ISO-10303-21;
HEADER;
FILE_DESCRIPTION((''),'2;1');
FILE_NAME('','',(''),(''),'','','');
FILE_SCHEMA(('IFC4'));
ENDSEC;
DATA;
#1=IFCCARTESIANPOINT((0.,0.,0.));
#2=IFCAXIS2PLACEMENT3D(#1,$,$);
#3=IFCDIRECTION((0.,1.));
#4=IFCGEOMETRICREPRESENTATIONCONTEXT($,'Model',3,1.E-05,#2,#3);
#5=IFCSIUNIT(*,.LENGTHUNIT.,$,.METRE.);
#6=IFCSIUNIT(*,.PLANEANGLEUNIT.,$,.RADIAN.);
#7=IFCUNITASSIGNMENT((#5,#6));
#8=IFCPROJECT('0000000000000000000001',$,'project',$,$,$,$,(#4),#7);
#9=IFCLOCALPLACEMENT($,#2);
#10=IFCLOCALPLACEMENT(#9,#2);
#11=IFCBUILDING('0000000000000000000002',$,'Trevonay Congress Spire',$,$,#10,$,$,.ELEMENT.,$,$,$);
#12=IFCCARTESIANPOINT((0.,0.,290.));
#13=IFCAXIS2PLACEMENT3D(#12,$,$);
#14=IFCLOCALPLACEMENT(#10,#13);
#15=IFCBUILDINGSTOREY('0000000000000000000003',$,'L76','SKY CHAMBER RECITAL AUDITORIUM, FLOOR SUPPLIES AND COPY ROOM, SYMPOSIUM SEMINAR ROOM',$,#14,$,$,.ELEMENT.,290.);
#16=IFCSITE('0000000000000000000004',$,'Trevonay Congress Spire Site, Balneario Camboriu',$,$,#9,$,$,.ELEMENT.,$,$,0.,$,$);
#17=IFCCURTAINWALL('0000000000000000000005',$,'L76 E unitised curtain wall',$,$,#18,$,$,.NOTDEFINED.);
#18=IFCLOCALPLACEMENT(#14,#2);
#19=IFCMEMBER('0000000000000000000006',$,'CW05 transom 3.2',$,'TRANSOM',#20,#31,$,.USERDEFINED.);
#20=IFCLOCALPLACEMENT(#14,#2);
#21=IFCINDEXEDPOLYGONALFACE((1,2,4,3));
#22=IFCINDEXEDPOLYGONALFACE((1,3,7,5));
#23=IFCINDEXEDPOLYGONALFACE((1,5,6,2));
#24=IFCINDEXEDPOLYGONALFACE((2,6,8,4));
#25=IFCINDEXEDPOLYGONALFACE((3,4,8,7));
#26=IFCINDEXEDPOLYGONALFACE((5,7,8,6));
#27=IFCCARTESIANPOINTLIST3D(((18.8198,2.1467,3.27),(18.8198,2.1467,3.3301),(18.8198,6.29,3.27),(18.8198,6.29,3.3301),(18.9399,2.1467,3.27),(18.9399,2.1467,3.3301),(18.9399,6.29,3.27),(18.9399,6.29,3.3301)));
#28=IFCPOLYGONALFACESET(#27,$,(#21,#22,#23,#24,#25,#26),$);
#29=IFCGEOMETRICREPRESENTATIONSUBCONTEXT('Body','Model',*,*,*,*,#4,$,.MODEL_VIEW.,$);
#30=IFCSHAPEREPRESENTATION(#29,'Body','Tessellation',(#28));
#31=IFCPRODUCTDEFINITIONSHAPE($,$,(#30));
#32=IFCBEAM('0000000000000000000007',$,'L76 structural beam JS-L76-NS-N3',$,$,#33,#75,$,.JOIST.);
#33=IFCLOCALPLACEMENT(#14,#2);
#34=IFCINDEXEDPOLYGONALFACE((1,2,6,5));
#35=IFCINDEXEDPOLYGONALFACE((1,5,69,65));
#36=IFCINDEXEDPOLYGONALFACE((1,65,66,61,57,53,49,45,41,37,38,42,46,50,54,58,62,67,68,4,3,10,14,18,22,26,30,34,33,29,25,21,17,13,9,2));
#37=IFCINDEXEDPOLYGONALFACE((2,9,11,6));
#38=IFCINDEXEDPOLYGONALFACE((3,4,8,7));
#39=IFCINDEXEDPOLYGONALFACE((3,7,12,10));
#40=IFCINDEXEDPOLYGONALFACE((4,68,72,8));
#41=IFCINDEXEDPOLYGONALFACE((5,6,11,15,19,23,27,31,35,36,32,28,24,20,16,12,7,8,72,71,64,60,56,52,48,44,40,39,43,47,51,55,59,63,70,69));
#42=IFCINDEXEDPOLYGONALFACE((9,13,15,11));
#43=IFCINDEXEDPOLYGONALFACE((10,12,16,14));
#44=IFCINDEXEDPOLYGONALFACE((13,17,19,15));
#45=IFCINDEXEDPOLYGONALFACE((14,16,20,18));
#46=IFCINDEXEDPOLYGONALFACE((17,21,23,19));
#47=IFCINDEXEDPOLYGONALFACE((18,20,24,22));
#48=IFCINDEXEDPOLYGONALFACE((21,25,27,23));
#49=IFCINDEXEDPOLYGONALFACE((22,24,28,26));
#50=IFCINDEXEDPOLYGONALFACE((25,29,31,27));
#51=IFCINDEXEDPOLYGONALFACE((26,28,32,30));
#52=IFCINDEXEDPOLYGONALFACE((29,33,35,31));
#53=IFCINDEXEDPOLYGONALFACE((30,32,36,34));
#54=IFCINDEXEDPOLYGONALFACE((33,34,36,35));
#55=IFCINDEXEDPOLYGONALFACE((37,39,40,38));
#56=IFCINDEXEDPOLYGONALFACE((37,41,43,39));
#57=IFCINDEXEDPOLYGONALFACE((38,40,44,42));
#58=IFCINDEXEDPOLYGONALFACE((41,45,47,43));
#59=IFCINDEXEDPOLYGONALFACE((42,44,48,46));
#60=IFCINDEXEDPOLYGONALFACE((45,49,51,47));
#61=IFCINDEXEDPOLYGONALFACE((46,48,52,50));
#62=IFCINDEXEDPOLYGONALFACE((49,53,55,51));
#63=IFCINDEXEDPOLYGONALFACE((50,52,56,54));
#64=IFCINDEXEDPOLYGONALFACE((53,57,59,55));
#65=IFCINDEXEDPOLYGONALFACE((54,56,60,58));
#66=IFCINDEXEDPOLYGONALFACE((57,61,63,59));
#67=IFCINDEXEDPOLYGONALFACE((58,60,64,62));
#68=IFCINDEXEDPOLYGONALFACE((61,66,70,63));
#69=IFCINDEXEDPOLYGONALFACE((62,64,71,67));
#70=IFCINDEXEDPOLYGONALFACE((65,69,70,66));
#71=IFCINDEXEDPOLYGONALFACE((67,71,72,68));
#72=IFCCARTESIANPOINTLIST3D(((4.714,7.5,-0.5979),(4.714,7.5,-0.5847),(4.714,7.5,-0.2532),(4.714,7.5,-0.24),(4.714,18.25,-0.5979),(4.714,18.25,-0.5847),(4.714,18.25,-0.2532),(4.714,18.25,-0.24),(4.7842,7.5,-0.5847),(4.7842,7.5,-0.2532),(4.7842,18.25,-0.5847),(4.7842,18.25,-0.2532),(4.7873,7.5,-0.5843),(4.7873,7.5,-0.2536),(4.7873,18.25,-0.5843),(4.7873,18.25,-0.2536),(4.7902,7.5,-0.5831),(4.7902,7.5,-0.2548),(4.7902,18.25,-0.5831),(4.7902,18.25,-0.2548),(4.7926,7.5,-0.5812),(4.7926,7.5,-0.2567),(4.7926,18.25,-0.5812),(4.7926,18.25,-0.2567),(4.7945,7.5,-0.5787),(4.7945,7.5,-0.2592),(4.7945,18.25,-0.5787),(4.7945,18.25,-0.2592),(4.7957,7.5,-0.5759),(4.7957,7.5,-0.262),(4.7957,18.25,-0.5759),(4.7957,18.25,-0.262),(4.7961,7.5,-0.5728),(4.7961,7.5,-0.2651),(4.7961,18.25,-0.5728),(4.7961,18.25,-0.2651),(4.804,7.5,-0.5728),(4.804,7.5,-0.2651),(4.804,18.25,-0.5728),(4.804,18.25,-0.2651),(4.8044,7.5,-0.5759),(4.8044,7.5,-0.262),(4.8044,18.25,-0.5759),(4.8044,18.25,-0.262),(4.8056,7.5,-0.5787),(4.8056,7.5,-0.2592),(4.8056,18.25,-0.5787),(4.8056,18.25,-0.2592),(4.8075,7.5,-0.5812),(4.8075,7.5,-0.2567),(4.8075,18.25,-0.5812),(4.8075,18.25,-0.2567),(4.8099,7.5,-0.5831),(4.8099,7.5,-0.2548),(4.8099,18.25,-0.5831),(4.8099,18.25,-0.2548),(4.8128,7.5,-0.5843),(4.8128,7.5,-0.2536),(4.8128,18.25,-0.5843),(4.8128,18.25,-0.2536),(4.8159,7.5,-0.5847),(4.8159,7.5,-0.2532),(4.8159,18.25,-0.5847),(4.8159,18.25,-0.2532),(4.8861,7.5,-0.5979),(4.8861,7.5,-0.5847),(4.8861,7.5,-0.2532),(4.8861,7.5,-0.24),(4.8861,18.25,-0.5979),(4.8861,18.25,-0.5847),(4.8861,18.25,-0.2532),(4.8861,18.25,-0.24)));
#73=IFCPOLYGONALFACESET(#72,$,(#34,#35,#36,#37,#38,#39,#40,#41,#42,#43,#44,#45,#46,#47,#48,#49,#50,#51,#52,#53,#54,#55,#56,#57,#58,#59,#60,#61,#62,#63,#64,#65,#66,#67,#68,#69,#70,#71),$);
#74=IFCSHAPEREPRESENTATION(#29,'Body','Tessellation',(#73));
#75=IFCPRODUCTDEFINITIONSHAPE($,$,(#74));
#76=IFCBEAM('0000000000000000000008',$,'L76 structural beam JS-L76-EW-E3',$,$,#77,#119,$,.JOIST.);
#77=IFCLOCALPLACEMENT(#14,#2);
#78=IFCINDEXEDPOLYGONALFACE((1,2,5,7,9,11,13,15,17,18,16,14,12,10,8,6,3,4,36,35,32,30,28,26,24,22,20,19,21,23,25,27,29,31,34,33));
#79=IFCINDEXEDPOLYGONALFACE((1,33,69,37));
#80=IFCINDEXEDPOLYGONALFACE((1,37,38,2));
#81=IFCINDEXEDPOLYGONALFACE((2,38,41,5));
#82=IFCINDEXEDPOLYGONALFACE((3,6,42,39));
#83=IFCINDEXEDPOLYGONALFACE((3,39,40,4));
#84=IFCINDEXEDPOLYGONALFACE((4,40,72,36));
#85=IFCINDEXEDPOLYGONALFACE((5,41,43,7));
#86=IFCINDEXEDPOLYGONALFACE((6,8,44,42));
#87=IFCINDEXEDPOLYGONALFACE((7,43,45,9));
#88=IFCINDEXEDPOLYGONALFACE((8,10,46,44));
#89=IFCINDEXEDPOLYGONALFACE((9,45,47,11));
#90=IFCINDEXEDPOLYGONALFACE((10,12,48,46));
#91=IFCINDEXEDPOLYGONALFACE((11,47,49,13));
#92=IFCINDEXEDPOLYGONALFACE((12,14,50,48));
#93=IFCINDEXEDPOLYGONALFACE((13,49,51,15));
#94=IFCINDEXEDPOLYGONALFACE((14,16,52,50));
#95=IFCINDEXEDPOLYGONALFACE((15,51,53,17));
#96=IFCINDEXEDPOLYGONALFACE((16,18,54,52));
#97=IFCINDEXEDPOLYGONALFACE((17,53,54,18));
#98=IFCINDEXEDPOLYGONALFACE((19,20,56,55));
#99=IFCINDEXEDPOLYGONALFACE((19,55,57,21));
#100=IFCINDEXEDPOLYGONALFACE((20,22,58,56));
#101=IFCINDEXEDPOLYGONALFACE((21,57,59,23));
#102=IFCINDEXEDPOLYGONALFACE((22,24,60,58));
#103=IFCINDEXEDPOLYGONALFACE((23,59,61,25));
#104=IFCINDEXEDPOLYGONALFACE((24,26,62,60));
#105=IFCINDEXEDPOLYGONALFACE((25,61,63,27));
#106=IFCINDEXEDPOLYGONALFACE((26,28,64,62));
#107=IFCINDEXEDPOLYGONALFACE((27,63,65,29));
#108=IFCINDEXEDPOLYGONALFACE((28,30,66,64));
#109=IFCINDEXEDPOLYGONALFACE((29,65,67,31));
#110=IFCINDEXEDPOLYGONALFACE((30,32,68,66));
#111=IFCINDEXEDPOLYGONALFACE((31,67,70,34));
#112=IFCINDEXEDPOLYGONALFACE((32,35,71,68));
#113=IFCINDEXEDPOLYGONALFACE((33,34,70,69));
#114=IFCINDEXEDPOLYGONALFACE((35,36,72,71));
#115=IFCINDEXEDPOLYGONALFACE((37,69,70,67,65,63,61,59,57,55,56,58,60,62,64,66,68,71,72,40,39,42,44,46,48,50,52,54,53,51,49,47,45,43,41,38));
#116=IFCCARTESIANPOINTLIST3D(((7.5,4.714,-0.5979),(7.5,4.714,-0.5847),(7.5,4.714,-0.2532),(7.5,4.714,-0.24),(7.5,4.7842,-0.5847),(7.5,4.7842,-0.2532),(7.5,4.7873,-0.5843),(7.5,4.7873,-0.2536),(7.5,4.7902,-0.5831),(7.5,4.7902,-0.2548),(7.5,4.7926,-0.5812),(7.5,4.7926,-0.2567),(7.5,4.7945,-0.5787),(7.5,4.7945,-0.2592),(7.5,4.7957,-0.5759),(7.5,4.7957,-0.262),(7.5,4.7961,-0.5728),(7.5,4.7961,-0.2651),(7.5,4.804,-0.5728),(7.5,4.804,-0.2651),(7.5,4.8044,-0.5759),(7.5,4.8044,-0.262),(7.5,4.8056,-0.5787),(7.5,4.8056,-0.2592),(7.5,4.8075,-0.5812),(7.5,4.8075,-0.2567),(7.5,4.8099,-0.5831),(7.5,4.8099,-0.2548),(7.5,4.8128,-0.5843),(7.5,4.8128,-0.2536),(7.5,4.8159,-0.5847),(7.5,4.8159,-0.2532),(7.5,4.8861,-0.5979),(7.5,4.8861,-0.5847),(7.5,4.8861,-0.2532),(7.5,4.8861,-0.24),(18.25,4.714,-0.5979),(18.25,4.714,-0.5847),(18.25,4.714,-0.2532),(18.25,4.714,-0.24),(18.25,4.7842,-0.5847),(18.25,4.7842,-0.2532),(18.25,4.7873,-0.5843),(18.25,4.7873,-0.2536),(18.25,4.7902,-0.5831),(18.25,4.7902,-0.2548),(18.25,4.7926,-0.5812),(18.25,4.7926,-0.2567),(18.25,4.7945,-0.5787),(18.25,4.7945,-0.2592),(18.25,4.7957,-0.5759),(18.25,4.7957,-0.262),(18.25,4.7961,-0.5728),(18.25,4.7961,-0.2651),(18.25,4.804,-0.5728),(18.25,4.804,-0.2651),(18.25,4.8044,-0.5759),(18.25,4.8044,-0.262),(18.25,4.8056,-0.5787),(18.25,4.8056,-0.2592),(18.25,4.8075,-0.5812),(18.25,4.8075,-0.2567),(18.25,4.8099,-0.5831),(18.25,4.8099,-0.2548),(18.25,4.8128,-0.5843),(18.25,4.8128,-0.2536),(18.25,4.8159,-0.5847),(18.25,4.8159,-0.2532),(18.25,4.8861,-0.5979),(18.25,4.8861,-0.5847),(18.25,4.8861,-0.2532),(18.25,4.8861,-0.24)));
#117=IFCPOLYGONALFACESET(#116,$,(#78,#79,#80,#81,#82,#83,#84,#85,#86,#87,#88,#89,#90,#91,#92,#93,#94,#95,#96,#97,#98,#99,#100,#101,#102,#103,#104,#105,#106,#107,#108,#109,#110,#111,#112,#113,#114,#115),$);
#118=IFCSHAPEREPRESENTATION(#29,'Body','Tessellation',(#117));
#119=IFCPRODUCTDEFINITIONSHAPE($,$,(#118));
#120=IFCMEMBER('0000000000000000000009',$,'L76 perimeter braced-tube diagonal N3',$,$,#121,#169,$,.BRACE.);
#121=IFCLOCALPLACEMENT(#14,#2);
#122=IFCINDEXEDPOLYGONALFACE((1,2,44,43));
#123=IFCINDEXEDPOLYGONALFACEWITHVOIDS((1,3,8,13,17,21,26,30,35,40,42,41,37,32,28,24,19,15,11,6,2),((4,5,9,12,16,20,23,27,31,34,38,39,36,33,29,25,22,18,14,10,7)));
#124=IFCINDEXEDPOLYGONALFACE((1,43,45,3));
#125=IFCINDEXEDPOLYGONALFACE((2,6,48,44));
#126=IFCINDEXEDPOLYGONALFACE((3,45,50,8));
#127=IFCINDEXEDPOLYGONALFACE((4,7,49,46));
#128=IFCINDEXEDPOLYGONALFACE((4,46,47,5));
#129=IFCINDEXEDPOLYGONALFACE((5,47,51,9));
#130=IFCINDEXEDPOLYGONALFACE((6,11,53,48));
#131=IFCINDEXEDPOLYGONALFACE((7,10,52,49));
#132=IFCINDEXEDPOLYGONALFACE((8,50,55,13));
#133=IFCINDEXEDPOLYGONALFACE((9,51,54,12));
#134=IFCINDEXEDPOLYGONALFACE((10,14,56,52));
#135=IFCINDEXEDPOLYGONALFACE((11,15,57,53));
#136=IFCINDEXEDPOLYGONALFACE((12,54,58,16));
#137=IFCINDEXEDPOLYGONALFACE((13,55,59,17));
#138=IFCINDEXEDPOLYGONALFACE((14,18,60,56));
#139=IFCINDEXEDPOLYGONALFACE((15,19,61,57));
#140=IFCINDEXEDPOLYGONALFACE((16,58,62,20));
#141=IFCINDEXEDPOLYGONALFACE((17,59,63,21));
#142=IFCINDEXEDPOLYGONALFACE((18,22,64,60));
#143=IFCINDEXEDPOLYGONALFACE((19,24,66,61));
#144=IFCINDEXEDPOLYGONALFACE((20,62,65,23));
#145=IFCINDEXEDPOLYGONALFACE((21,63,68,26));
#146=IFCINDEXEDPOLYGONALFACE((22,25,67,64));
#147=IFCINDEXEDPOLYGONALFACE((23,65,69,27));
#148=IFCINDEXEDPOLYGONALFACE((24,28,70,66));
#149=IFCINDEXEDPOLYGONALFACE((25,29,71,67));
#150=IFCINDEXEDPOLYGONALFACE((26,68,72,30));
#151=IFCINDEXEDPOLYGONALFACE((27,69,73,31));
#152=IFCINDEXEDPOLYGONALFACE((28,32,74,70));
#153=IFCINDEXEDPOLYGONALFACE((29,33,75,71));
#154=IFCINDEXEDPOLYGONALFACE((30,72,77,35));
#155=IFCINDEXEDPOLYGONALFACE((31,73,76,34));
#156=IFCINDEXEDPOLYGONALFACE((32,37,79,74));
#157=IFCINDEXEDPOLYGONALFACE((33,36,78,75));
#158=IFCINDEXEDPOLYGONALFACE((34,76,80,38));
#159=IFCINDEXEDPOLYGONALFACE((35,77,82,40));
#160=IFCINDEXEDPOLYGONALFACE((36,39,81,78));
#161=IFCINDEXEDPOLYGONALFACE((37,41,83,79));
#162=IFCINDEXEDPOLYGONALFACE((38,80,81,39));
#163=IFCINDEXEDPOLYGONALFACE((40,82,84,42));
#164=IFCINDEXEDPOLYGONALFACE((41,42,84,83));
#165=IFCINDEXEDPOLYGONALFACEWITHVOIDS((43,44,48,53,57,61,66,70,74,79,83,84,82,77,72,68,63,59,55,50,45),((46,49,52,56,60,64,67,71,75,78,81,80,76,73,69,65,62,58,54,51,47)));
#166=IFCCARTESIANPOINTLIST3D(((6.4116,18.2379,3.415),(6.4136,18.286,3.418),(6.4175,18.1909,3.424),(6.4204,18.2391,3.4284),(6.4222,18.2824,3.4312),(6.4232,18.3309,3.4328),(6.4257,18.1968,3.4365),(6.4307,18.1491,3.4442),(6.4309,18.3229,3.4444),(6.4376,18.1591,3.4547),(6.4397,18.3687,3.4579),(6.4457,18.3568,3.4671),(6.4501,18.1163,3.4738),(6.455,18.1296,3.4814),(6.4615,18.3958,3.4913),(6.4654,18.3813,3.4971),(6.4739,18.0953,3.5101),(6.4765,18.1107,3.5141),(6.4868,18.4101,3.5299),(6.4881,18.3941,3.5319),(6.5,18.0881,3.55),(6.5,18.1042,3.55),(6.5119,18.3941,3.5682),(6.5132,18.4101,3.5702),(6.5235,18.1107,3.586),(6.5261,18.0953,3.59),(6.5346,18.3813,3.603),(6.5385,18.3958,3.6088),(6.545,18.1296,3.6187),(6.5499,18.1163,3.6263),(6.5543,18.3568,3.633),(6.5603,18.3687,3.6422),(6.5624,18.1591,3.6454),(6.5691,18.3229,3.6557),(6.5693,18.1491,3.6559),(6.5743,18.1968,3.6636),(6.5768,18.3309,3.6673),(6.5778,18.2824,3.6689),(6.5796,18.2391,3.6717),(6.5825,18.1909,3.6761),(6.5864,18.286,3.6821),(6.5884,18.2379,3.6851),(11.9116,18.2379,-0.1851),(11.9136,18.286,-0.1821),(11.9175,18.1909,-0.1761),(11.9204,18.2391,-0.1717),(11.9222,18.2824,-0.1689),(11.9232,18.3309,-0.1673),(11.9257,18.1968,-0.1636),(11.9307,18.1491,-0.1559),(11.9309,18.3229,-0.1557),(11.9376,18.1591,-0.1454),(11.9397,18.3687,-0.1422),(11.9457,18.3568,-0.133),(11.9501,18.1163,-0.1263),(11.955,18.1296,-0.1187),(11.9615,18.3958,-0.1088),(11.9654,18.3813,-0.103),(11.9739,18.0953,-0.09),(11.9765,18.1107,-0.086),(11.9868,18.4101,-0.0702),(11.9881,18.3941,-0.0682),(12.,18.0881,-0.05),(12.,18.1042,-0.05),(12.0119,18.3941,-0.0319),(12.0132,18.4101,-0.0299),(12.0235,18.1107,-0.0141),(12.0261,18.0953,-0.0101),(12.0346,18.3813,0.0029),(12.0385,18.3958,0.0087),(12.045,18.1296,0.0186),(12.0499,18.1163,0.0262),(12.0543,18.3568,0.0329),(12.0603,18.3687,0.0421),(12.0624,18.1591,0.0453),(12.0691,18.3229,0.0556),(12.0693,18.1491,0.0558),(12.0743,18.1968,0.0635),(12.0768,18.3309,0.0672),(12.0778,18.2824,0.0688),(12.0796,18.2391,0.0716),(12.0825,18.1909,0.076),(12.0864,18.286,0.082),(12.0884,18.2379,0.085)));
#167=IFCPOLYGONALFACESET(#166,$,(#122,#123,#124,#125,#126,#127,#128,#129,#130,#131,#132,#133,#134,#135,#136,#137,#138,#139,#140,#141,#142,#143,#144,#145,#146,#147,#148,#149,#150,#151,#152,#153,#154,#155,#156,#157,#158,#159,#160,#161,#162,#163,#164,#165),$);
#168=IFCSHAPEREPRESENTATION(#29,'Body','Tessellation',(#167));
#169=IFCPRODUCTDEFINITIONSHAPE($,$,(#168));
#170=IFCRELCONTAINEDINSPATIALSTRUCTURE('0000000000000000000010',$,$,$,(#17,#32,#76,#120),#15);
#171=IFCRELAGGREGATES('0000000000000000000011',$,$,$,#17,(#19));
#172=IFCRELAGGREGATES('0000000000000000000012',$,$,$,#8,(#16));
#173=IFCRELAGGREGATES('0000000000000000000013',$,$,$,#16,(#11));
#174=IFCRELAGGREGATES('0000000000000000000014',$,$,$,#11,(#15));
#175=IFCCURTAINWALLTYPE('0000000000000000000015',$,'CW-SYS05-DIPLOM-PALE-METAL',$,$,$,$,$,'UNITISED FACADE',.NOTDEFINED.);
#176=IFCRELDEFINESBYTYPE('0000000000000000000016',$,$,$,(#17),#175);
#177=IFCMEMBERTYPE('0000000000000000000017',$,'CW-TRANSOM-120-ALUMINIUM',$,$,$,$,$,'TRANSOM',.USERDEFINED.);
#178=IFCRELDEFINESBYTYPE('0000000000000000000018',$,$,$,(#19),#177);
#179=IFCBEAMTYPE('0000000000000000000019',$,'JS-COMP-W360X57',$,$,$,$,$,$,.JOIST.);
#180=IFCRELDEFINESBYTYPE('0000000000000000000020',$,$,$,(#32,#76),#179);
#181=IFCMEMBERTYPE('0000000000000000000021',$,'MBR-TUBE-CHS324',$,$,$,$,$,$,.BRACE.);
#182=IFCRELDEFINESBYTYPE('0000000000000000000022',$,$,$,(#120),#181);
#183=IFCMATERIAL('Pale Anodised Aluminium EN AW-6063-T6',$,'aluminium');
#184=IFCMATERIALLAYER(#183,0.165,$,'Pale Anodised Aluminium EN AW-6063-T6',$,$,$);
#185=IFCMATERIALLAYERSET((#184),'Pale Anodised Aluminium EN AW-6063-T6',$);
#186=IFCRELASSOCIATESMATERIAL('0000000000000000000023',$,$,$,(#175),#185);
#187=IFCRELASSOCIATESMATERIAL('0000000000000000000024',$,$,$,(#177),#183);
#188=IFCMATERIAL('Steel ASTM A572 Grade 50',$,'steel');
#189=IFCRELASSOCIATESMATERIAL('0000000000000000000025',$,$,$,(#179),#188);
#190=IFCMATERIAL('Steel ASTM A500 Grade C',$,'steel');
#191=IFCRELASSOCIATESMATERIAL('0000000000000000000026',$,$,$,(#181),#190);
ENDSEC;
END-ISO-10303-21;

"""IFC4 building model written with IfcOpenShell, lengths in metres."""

from ifc_helpers import new_model, si_unit, direction, frame, origin, origin_2d, place, context, subcontext, project, spatial, rectangle, hollow_circle, i_section, extrude, material, layer, layer_set, material_profile, profile_set, type_object, element, aggregate, save


model = new_model("IFC4")

# Units and contexts
model_context = context("Model", 3, precision=1e-05, world=origin(), true_north=direction((0.0, 1.0)))
body_context = subcontext(model_context, "Body", "Model", "MODEL_VIEW")
ifc_project = project(units=[si_unit("LENGTHUNIT", "METRE"), si_unit("PLANEANGLEUNIT", "RADIAN")], contexts=[model_context])

# Site, building, storey
site_placement = place(None, origin())
site = spatial("IfcSite", under=ifc_project, at=site_placement, Name="Trevonay Congress Spire Site, Balneario Camboriu", CompositionType="ELEMENT", RefElevation=0.0)
building_placement = place(site_placement, origin())
building = spatial("IfcBuilding", under=site, at=building_placement, Name="Trevonay Congress Spire", CompositionType="ELEMENT")
storey_placement = place(building_placement, frame((0.0, 0.0, 290.0)))
storey = spatial("IfcBuildingStorey", under=building, at=storey_placement, Name="L76", Description="SKY CHAMBER RECITAL AUDITORIUM, FLOOR SUPPLIES AND COPY ROOM, SYMPOSIUM SEMINAR ROOM", CompositionType="ELEMENT", Elevation=290.0)

# Shared definitions
ifc_material_1 = material(Name="Steel ASTM A572 Grade 50", Category="steel")

# Shared definitions
ifc_material_2 = material(Name="Pale Anodised Aluminium EN AW-6063-T6", Category="aluminium")
ifc_layer_1 = layer(ifc_material_2, 0.165, Name="Pale Anodised Aluminium EN AW-6063-T6")
ifc_layer_set_1 = layer_set([ifc_layer_1], Name="Pale Anodised Aluminium EN AW-6063-T6")
curtain_wall_type = type_object("IfcCurtainWallType", Name="CW-SYS05-DIPLOM-PALE-METAL", ElementType="UNITISED FACADE", PredefinedType="NOTDEFINED", material=ifc_layer_set_1)

# Curtain wall, member
curtain_wall_1_placement = place(storey_placement, origin())
curtain_wall_1 = element("IfcCurtainWall", 1, at=curtain_wall_1_placement, inside=storey, type_object=curtain_wall_type, Name="L76 E unitised curtain wall", PredefinedType="NOTDEFINED")
ifc_material_profile_1 = material_profile(ifc_material_2, rectangle(XDim=0.1201, YDim=0.0601, at=origin_2d()), Name="CW-TRANSOM-120-ALUMINIUM")
ifc_profile_set_1 = profile_set([ifc_material_profile_1], Name="Pale Anodised Aluminium EN AW-6063-T6")
member_type_1 = type_object("IfcMemberType", Name="CW-TRANSOM-120-ALUMINIUM", ElementType="TRANSOM", PredefinedType="USERDEFINED", material=ifc_profile_set_1)
member_1_placement = place(storey_placement, frame((18.8799, 2.1467, 3.3), z_axis=(0.0, 1.0, 0.0), x_axis=(-1.0, 0.0, 0.0)))
member_1 = element("IfcMember", 2, at=member_1_placement, type_object=member_type_1, Name="CW05 transom 3.2", ObjectType="TRANSOM", PredefinedType="USERDEFINED", context=body_context, shape_type="SweptSolid", body=[
    extrude(rectangle(XDim=0.1201, YDim=0.0601, at=origin_2d()), origin(), (0.0, 0.0, 1.0), 4.1433),
])

# Beams
ifc_material_profile_2 = material_profile(ifc_material_1, i_section(OverallWidth=0.1721, OverallDepth=0.3579, WebThickness=0.0078, FlangeThickness=0.0132, FilletRadius=0.012, at=origin_2d()), Name="W360x57.8")
ifc_profile_set_2 = profile_set([ifc_material_profile_2], Name="Steel ASTM A572 Grade 50")
beam_type_1 = type_object("IfcBeamType", Name="JS-COMP-W360X57", PredefinedType="JOIST", material=ifc_profile_set_2)
for number, where, z_axis, x_axis, name in (
    (3, (4.8, 7.5, -0.4189), (0.0, 1.0, 0.0), (-1.0, 0.0, 0.0), "L76 structural beam JS-L76-NS-N3"),
    (4, (7.5, 4.8, -0.4189), (1.0, 0.0, 0.0), (0.0, 1.0, 0.0), "L76 structural beam JS-L76-EW-E3"),
):
    element("IfcBeam", number, at=place(storey_placement, frame(where, z_axis=z_axis, x_axis=x_axis)), inside=storey, type_object=beam_type_1, Name=name, PredefinedType="JOIST", context=body_context, shape_type="SweptSolid", body=[
        extrude(i_section(OverallWidth=0.1721, OverallDepth=0.3579, WebThickness=0.0078, FlangeThickness=0.0132, FilletRadius=0.012, at=origin_2d()), origin(), (0.0, 0.0, 1.0), 10.75),
    ])

# Member
ifc_material_3 = material(Name="Steel ASTM A500 Grade C", Category="steel")
ifc_material_profile_3 = material_profile(ifc_material_3, hollow_circle(Radius=0.1619, WallThickness=0.0161, at=origin_2d()), Name="CHS 323.9x16")
ifc_profile_set_3 = profile_set([ifc_material_profile_3], Name="Steel ASTM A500 Grade C")
member_type_2 = type_object("IfcMemberType", Name="MBR-TUBE-CHS324", PredefinedType="BRACE", material=ifc_profile_set_3)
for number, where, z_axis, x_axis, name in (
    (5, (12.0, 18.25, -0.05), (-0.836695, 0.0, 0.54767), (0.0, -1.0, 0.0), "L76 perimeter braced-tube diagonal N3"),
):
    element("IfcMember", number, at=place(storey_placement, frame(where, z_axis=z_axis, x_axis=x_axis)), inside=storey, type_object=member_type_2, Name=name, PredefinedType="BRACE", context=body_context, shape_type="SweptSolid", body=[
        extrude(hollow_circle(Radius=0.1619, WallThickness=0.0161, at=origin_2d()), origin(), (0.0, 0.0, 1.0), 6.5735),
    ])

aggregate(curtain_wall_1, [member_1])

save(model, "model.ifc")
